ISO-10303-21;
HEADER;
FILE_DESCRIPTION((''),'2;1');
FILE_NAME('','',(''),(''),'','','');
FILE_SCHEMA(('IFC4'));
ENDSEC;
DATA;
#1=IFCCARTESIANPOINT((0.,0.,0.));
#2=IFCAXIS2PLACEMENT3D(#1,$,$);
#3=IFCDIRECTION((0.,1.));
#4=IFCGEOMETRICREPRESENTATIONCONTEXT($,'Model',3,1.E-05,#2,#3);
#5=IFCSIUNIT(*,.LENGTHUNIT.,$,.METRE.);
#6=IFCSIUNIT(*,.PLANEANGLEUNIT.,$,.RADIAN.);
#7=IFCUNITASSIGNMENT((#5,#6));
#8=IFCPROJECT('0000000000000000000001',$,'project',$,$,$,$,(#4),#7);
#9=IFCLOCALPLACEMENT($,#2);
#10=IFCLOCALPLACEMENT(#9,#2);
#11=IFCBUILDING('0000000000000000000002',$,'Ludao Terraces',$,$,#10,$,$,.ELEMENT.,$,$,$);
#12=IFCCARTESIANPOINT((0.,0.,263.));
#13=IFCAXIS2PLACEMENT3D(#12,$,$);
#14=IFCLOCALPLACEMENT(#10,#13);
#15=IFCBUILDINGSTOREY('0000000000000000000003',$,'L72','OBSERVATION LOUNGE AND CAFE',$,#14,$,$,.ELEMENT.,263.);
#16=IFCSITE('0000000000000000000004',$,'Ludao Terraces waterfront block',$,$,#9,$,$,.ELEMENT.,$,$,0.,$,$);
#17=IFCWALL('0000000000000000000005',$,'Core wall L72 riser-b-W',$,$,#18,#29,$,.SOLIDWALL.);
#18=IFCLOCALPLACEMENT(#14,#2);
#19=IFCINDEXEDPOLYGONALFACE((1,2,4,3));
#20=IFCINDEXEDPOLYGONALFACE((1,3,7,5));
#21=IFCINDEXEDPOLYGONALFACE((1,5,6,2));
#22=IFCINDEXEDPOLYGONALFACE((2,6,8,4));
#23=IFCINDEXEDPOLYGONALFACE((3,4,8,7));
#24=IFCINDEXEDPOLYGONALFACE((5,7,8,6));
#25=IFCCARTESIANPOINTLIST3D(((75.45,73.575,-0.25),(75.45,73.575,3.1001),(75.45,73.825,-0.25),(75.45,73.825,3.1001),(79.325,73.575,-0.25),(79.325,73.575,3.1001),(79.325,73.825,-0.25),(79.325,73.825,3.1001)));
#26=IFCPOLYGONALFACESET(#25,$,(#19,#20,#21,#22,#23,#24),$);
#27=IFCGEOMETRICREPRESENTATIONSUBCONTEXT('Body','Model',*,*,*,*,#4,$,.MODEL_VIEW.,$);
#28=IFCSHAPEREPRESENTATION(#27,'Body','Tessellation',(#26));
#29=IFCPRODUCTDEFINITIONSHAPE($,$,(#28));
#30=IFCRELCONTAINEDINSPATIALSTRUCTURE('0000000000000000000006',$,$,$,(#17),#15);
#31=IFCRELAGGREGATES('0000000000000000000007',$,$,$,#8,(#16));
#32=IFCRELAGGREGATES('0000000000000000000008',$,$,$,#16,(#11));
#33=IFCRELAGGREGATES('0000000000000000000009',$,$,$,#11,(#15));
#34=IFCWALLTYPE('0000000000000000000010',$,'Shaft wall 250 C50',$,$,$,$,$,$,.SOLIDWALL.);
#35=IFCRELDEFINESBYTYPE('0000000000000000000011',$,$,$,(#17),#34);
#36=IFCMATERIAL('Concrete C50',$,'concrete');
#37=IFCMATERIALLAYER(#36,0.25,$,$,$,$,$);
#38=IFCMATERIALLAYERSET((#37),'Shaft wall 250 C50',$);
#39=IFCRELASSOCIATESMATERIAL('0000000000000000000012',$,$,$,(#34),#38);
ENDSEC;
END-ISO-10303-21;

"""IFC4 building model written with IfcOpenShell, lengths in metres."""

from ifc_helpers import new_model, si_unit, direction, frame, frame_2d, origin, place, context, subcontext, project, spatial, rectangle, extrude, material, layer, layer_set, type_object, element, save


model = new_model("IFC4")

# Units and contexts
model_context = context("Model", 3, precision=1e-05, world=origin(), true_north=direction((0.0, 1.0)))
body_context = subcontext(model_context, "Body", "Model", "MODEL_VIEW")
ifc_project = project(units=[si_unit("LENGTHUNIT", "METRE"), si_unit("PLANEANGLEUNIT", "RADIAN")], contexts=[model_context])

# Site, building, storey
site_placement = place(None, origin())
site = spatial("IfcSite", under=ifc_project, at=site_placement, Name="Ludao Terraces waterfront block", CompositionType="ELEMENT", RefElevation=0.0)
building_placement = place(site_placement, origin())
building = spatial("IfcBuilding", under=site, at=building_placement, Name="Ludao Terraces", CompositionType="ELEMENT")
storey_placement = place(building_placement, frame((0.0, 0.0, 263.0)))
storey = spatial("IfcBuildingStorey", under=building, at=storey_placement, Name="L72", Description="OBSERVATION LOUNGE AND CAFE", CompositionType="ELEMENT", Elevation=263.0)

# Shared definitions
ifc_material_1 = material(Name="Concrete C50", Category="concrete")
ifc_layer_1 = layer(ifc_material_1, 0.25)
ifc_layer_set_1 = layer_set([ifc_layer_1], Name="Shaft wall 250 C50")
wall_type_1 = type_object("IfcWallType", Name="Shaft wall 250 C50", PredefinedType="SOLIDWALL", material=ifc_layer_set_1)

# Wall
for number, where, z_axis, x_axis, name in (
    (1, (75.45, 73.7, -0.25), (0.0, 0.0, 1.0), (1.0, 0.0, 0.0), "Core wall L72 riser-b-W"),
):
    element("IfcWall", number, at=place(storey_placement, frame(where, z_axis=z_axis, x_axis=x_axis)), inside=storey, type_object=wall_type_1, Name=name, PredefinedType="SOLIDWALL", context=body_context, shape_type="SweptSolid", body=[
        extrude(rectangle(XDim=3.875, YDim=0.25, at=frame_2d((1.9375, 0.0))), origin(), (0.0, 0.0, 1.0), 3.3501),
    ])

save(model, "model.ifc")
